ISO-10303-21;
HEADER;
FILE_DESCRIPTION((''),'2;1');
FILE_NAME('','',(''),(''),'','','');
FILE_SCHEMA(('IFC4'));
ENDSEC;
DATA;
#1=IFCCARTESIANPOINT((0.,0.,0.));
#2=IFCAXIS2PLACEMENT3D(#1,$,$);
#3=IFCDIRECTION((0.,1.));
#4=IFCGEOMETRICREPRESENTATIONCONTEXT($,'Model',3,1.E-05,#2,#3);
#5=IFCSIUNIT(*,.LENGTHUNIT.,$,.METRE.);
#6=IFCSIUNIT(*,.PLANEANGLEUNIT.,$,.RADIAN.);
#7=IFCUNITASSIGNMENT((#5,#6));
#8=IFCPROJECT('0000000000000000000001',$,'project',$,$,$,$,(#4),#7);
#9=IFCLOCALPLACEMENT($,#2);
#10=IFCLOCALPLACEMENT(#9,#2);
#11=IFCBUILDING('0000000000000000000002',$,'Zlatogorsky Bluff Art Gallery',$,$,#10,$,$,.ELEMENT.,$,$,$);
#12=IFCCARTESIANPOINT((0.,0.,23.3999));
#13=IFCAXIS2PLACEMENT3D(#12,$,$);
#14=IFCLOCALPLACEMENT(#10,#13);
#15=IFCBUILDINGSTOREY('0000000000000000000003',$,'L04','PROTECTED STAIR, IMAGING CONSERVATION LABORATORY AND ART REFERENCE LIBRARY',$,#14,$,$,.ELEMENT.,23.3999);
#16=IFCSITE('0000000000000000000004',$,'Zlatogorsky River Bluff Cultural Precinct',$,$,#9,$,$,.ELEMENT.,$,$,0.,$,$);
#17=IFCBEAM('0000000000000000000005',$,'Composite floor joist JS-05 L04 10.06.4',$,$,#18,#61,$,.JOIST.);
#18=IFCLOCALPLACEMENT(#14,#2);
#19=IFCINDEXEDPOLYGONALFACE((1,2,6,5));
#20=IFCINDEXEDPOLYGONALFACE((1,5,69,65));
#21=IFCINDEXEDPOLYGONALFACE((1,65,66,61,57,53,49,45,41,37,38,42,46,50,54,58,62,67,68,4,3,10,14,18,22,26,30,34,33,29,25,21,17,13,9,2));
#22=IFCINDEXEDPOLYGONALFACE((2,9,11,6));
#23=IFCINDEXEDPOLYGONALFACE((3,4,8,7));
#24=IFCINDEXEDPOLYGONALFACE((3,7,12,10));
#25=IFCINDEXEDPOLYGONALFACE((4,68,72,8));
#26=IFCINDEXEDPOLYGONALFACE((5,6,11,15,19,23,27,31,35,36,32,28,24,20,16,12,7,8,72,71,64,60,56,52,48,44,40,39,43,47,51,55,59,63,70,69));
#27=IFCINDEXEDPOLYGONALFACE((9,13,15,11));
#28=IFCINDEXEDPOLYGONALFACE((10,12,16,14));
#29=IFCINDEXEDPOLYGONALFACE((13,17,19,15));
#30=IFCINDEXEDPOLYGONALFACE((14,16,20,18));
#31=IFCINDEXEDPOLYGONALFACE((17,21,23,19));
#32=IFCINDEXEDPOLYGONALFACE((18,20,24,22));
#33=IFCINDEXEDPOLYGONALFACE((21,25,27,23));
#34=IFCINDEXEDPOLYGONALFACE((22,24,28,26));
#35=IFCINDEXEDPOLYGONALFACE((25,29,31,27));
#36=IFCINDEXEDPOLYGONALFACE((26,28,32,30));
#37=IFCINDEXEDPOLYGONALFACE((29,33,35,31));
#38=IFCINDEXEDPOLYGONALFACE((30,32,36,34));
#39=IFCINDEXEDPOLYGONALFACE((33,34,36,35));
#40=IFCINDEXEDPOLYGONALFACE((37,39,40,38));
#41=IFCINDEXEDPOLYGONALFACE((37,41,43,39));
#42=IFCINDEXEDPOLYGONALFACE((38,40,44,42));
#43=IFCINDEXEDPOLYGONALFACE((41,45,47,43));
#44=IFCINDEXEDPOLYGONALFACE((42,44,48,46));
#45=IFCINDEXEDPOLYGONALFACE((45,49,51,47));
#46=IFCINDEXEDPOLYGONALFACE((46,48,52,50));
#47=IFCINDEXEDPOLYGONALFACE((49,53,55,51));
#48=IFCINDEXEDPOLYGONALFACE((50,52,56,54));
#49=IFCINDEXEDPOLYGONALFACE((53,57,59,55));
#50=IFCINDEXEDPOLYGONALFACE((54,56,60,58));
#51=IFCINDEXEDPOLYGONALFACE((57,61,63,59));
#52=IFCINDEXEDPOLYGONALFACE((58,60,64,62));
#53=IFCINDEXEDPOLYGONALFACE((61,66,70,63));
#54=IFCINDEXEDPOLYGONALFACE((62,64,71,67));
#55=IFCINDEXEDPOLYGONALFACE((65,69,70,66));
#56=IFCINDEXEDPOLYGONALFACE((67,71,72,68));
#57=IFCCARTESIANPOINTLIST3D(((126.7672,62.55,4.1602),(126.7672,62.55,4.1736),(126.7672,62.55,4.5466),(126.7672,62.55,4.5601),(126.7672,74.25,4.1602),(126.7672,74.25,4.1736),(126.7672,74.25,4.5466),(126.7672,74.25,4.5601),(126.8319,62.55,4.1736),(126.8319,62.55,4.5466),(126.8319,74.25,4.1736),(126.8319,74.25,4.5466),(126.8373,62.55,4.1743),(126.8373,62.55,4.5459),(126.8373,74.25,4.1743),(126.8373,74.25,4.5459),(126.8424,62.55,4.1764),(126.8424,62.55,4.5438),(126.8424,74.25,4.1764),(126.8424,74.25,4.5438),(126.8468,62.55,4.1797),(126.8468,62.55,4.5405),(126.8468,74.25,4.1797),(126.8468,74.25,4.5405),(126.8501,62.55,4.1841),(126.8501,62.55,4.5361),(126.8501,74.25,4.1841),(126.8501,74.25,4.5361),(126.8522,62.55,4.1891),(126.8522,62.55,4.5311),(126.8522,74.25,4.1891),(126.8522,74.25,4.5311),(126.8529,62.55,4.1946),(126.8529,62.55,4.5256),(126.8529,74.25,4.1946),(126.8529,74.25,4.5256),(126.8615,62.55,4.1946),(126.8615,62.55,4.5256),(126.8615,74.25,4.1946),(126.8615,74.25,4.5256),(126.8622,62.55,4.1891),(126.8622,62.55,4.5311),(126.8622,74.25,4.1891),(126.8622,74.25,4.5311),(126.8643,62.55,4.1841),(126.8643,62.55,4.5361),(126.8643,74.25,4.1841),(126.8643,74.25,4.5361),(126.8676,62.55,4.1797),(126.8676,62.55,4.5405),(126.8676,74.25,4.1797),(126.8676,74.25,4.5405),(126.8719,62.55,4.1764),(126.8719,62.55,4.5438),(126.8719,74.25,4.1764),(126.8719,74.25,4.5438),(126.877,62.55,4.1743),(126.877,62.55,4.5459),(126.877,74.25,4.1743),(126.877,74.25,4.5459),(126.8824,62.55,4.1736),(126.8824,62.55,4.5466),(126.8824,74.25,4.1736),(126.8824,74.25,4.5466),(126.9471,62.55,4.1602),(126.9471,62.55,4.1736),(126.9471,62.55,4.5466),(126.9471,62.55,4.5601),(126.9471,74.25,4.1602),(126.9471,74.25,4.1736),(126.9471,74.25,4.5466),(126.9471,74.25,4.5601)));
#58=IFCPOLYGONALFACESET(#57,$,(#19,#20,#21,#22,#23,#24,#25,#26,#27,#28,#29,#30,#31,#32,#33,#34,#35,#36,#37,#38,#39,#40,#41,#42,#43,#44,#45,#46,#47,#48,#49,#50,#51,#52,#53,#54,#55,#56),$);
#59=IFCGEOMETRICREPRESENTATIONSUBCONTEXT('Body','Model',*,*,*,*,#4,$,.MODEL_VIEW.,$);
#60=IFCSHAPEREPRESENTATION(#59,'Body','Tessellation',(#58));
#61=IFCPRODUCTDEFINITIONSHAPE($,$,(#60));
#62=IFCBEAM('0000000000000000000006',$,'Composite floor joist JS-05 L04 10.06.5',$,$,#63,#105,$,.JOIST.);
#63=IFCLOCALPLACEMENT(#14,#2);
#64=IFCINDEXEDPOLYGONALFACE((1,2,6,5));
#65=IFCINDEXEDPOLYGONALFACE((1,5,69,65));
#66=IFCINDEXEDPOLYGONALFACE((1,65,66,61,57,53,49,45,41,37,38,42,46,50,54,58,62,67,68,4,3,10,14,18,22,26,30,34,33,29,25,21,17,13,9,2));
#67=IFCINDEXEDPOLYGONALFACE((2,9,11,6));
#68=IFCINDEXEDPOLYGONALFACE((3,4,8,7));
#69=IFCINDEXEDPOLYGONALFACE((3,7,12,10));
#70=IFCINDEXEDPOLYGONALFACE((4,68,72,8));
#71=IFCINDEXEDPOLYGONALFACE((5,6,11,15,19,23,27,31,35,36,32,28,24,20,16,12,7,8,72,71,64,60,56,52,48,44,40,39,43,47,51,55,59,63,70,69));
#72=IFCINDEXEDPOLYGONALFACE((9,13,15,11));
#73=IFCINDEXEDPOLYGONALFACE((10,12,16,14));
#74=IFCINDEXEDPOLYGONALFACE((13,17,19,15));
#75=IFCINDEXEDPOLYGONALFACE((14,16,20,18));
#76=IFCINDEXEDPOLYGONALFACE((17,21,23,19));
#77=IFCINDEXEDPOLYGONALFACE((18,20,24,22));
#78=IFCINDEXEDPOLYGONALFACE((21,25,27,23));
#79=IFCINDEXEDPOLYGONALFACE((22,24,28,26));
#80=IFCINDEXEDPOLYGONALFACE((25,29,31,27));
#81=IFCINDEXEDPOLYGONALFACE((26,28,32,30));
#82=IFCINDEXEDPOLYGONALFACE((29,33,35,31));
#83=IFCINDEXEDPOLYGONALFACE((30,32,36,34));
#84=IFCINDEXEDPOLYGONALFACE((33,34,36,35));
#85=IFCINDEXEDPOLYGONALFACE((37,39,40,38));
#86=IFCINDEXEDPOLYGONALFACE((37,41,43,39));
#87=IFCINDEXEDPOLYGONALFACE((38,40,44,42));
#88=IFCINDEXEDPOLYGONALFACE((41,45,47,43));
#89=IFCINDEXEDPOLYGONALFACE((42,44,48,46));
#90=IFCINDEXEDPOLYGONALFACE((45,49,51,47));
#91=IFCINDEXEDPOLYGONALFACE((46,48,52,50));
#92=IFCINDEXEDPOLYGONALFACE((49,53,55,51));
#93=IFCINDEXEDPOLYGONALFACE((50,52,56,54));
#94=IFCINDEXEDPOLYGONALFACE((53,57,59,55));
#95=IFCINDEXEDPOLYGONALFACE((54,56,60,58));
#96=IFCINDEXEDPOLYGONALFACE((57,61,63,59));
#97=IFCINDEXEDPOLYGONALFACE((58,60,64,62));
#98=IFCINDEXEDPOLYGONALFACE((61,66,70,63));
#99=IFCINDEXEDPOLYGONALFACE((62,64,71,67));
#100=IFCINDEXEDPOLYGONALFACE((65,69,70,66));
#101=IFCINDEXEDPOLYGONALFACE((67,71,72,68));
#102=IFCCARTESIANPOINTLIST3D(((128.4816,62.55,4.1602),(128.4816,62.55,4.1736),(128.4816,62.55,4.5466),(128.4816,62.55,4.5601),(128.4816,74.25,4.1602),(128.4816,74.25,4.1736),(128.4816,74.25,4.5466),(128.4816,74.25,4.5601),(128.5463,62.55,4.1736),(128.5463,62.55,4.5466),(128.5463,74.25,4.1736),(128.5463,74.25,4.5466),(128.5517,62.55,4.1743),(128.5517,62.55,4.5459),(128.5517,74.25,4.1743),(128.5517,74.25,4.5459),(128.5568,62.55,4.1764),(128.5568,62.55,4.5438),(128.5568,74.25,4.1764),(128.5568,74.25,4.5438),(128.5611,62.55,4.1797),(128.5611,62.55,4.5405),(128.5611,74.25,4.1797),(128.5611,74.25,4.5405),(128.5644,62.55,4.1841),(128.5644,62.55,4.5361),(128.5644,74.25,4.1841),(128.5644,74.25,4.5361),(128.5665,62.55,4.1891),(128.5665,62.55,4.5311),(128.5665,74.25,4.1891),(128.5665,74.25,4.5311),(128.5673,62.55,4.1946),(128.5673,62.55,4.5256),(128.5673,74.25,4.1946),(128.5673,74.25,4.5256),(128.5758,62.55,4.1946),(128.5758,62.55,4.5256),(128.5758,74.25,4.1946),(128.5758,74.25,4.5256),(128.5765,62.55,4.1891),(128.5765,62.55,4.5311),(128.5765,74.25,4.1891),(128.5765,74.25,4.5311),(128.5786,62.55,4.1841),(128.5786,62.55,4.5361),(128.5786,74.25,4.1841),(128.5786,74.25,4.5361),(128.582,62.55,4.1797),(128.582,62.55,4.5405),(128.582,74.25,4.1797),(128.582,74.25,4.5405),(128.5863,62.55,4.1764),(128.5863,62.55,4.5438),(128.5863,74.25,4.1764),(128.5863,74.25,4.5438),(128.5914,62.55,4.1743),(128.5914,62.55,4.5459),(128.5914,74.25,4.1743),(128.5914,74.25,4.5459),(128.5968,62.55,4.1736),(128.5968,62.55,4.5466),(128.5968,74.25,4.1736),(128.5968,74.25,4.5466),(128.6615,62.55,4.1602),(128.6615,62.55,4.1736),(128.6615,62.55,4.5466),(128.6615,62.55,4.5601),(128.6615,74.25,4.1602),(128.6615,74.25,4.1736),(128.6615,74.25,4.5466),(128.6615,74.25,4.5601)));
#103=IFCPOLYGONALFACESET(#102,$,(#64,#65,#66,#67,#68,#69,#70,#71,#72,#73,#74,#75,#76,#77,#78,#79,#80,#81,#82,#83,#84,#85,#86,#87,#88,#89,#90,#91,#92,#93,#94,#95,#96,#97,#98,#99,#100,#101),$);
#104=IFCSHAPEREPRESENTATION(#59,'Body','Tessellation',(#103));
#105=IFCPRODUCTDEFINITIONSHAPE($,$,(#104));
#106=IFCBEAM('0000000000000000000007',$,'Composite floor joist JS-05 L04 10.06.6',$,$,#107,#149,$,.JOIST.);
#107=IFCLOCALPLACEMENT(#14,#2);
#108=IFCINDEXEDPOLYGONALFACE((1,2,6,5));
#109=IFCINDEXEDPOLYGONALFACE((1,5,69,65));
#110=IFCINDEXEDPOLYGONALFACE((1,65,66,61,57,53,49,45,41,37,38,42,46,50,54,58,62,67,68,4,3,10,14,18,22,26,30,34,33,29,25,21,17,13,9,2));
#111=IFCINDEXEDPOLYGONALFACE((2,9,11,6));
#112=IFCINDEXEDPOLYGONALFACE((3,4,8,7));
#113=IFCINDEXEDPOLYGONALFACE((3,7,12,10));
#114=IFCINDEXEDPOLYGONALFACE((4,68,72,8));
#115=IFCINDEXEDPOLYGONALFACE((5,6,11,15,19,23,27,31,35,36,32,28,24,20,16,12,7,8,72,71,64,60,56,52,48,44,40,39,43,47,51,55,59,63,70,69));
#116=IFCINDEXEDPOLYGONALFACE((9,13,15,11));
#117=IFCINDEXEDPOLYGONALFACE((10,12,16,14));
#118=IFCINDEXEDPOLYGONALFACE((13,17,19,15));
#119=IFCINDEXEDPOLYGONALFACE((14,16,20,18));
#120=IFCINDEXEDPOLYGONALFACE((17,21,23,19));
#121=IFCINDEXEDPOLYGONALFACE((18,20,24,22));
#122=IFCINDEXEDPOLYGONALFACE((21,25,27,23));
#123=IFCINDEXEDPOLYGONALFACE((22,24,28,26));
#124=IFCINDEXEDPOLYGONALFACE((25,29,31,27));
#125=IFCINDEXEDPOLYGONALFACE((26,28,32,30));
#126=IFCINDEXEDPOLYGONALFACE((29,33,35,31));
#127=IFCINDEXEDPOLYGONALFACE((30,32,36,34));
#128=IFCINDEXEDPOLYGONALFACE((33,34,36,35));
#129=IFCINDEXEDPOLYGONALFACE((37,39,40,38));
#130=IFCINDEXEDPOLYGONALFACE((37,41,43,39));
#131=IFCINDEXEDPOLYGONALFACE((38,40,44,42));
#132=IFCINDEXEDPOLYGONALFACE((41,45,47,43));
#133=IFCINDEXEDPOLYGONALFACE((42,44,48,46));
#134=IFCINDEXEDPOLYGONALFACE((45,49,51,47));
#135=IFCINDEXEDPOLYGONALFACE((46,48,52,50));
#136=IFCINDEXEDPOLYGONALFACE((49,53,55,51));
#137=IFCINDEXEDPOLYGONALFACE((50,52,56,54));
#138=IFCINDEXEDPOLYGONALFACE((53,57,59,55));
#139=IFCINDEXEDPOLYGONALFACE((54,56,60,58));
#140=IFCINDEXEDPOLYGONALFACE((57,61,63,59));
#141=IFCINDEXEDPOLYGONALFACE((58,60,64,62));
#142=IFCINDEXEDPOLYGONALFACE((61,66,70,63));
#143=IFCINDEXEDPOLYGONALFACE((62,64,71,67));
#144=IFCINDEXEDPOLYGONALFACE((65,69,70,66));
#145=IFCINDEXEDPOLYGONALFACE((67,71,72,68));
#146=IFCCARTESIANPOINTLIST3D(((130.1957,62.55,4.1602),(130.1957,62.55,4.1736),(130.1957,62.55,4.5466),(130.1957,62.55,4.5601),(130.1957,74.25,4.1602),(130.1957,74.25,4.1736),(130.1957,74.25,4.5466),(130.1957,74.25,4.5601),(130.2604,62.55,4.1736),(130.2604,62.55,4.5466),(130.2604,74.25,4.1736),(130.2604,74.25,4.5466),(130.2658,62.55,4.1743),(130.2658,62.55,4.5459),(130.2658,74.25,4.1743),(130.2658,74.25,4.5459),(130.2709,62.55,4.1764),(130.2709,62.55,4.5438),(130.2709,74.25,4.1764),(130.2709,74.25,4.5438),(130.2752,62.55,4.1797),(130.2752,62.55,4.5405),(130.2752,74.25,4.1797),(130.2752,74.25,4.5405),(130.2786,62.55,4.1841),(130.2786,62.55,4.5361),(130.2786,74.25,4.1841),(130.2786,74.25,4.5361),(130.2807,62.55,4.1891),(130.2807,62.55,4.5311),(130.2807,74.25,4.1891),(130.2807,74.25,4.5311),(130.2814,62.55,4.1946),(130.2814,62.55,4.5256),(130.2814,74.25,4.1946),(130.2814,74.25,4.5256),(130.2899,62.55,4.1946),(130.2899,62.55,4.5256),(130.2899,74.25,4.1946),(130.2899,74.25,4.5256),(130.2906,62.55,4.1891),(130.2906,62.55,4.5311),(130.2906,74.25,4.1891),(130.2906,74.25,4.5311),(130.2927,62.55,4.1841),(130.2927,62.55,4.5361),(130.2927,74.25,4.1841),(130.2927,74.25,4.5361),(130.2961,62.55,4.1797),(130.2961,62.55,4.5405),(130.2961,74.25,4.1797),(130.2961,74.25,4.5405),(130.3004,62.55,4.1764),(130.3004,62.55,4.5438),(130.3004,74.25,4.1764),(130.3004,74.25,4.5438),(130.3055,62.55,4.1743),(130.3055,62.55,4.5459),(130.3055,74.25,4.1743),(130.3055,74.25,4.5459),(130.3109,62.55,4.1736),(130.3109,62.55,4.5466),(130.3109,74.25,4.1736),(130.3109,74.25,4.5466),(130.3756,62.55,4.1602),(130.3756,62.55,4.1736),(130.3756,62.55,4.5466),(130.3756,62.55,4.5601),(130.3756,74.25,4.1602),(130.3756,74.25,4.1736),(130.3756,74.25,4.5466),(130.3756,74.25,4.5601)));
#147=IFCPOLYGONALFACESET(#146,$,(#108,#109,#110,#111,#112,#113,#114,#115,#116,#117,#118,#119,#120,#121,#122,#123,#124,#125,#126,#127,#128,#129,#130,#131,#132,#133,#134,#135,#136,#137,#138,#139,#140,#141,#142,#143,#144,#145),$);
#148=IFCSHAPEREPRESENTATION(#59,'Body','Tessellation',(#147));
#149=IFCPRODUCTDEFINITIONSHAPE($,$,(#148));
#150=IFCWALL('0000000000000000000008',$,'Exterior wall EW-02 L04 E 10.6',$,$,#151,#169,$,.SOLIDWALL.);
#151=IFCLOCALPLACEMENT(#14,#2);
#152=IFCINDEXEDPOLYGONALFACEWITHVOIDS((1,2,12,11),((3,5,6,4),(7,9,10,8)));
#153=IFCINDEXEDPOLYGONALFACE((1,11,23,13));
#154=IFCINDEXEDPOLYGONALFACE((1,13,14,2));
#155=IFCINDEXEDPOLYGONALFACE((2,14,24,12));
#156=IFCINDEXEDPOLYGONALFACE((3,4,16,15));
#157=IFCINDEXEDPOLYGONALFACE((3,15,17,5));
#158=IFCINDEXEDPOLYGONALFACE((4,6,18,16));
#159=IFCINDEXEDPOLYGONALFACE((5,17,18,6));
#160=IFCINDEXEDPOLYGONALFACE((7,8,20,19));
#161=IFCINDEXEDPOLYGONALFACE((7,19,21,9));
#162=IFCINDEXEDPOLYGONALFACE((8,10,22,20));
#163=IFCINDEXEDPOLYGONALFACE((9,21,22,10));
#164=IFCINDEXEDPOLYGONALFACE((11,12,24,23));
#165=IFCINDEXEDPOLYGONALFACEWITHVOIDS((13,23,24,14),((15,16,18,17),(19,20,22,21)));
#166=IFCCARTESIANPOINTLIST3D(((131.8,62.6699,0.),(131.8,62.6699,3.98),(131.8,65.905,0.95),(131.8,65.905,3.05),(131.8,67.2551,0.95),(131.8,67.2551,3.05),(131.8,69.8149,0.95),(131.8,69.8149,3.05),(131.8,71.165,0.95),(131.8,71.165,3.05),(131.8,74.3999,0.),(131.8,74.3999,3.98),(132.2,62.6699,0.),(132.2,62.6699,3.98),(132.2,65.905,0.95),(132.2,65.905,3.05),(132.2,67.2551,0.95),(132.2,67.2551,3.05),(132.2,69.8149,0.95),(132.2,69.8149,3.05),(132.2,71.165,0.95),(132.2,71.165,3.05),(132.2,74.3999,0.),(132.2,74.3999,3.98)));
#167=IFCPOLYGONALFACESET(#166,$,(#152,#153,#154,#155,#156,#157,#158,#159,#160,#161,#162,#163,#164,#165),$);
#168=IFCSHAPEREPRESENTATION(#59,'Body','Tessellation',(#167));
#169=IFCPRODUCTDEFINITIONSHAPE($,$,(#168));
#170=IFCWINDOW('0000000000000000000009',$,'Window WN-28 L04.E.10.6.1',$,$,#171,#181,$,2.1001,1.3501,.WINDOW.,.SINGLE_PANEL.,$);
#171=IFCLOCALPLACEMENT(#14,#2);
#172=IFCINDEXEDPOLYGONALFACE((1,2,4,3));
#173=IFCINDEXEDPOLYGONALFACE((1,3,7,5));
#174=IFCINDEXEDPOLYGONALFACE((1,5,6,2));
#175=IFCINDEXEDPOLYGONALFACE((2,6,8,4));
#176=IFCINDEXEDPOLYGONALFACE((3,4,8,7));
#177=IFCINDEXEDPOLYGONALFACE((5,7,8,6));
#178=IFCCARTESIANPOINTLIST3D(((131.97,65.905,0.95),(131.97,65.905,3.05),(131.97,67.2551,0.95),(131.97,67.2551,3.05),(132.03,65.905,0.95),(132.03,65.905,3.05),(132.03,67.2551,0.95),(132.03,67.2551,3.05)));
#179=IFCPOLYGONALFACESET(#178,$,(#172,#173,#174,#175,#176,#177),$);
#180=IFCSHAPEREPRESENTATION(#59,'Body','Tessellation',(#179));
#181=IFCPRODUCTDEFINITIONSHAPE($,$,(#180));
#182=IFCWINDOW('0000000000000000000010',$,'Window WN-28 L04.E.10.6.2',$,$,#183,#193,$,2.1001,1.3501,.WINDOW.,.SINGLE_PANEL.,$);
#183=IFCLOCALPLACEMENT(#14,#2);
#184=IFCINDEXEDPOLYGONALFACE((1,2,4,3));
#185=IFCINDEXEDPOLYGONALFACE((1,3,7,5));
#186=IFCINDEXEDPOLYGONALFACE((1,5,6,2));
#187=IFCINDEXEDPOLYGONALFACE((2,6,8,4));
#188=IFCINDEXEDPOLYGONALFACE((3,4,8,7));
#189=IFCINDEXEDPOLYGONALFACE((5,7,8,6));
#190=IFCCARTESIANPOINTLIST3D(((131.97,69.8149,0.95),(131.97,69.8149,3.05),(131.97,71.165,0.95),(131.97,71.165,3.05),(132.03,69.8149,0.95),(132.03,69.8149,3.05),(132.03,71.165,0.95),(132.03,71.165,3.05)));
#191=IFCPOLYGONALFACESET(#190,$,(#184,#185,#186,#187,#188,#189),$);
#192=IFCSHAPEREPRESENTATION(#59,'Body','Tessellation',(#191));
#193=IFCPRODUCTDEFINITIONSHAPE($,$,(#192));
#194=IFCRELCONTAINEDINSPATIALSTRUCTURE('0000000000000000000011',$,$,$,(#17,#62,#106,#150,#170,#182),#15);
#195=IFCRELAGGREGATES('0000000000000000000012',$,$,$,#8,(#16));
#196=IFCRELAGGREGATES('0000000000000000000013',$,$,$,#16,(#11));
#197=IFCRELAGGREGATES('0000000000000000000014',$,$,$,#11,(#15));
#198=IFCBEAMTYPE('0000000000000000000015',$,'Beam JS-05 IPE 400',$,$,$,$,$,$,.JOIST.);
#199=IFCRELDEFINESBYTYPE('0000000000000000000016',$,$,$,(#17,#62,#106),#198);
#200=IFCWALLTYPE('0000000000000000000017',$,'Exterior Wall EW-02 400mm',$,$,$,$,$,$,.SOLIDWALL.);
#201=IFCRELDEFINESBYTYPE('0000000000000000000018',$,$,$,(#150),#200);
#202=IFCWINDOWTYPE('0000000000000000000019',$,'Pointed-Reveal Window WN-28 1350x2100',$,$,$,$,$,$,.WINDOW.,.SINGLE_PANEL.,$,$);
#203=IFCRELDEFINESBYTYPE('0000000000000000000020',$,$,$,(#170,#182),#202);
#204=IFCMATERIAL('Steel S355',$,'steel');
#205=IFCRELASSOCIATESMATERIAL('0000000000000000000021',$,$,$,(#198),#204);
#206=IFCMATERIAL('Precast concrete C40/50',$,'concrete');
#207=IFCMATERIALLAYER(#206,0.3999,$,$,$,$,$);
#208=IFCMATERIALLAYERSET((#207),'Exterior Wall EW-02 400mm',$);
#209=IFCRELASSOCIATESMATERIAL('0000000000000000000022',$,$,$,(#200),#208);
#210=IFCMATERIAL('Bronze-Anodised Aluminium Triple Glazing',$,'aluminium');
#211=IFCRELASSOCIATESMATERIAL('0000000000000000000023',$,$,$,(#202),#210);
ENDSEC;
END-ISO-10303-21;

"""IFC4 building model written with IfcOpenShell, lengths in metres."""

from ifc_helpers import new_model, si_unit, direction, frame, frame_2d, origin, origin_2d, place, context, subcontext, project, spatial, rectangle, i_section, extrude, material, layer, layer_set, material_profile, profile_set, type_object, element, fill, save


model = new_model("IFC4")

# Units and contexts
model_context = context("Model", 3, precision=1e-05, world=origin(), true_north=direction((0.0, 1.0)))
body_context = subcontext(model_context, "Body", "Model", "MODEL_VIEW")
ifc_project = project(units=[si_unit("LENGTHUNIT", "METRE"), si_unit("PLANEANGLEUNIT", "RADIAN")], contexts=[model_context])

# Site, building, storey
site_placement = place(None, origin())
site = spatial("IfcSite", under=ifc_project, at=site_placement, Name="Zlatogorsky River Bluff Cultural Precinct", CompositionType="ELEMENT", RefElevation=0.0)
building_placement = place(site_placement, origin())
building = spatial("IfcBuilding", under=site, at=building_placement, Name="Zlatogorsky Bluff Art Gallery", CompositionType="ELEMENT")
storey_placement = place(building_placement, frame((0.0, 0.0, 23.3999)))
storey = spatial("IfcBuildingStorey", under=building, at=storey_placement, Name="L04", Description="PROTECTED STAIR, IMAGING CONSERVATION LABORATORY AND ART REFERENCE LIBRARY", CompositionType="ELEMENT", Elevation=23.3999)

# Shared definitions
ifc_material_1 = material(Name="Steel S355", Category="steel")

# Beams
ifc_material_profile_1 = material_profile(ifc_material_1, i_section(OverallWidth=0.1799, OverallDepth=0.3999, WebThickness=0.0085, FlangeThickness=0.0134, FilletRadius=0.021, at=origin_2d()), Name="IPE 400")
ifc_profile_set_1 = profile_set([ifc_material_profile_1], Name="Steel S355")
beam_type_1 = type_object("IfcBeamType", Name="Beam JS-05 IPE 400", PredefinedType="JOIST", material=ifc_profile_set_1)
for number, where, z_axis, x_axis, name in (
    (1, (126.8572, 62.55, 4.3601), (0.0, 1.0, 0.0), (-1.0, 0.0, 0.0), "Composite floor joist JS-05 L04 10.06.4"),
    (2, (128.5715, 62.55, 4.3601), (0.0, 1.0, 0.0), (-1.0, 0.0, 0.0), "Composite floor joist JS-05 L04 10.06.5"),
    (3, (130.2856, 62.55, 4.3601), (0.0, 1.0, 0.0), (-1.0, 0.0, 0.0), "Composite floor joist JS-05 L04 10.06.6"),
):
    element("IfcBeam", number, at=place(storey_placement, frame(where, z_axis=z_axis, x_axis=x_axis)), inside=storey, type_object=beam_type_1, Name=name, PredefinedType="JOIST", context=body_context, shape_type="SweptSolid", body=[
        extrude(i_section(OverallWidth=0.1799, OverallDepth=0.3999, WebThickness=0.0085, FlangeThickness=0.0134, FilletRadius=0.021, at=origin_2d()), origin(), (0.0, 0.0, 1.0), 11.7),
    ])

# Wall, openings, windows
ifc_material_2 = material(Name="Precast concrete C40/50", Category="concrete")
ifc_layer_1 = layer(ifc_material_2, 0.3999)
ifc_layer_set_1 = layer_set([ifc_layer_1], Name="Exterior Wall EW-02 400mm")
wall_type_1 = type_object("IfcWallType", Name="Exterior Wall EW-02 400mm", PredefinedType="SOLIDWALL", material=ifc_layer_set_1)
wall_1_placement = place(storey_placement, frame((132.0, 62.6699, 0.0), z_axis=(0.0, 0.0, 1.0), x_axis=(0.0, 1.0, 0.0)))
wall_1 = element("IfcWall", 4, at=wall_1_placement, inside=storey, type_object=wall_type_1, Name="Exterior wall EW-02 L04 E 10.6", PredefinedType="SOLIDWALL", context=body_context, shape_type="SweptSolid", body=[
    extrude(rectangle(XDim=11.73, YDim=0.3999, at=frame_2d((5.865, 0.0))), origin(), (0.0, 0.0, 1.0), 3.98),
])
opening_1_placement = place(wall_1_placement, frame((3.2351, 0.0, 0.95)))
opening_1 = element("IfcOpeningElement", 5, at=opening_1_placement, cuts=wall_1, PredefinedType="OPENING", context=body_context, shape_type="SweptSolid", body=[
    extrude(rectangle(XDim=1.3501, YDim=2.1001, at=frame_2d((0.675, 1.05))), frame((0.0, 0.21, 0.0), z_axis=(0.0, -1.0, 0.0), x_axis=(1.0, 0.0, 0.0)), (0.0, 0.0, 1.0), 0.4199),
])
opening_2_placement = place(wall_1_placement, frame((7.145, 0.0, 0.95)))
opening_2 = element("IfcOpeningElement", 6, at=opening_2_placement, cuts=wall_1, PredefinedType="OPENING", context=body_context, shape_type="SweptSolid", body=[
    extrude(rectangle(XDim=1.3501, YDim=2.1001, at=frame_2d((0.675, 1.05))), frame((0.0, 0.21, 0.0), z_axis=(0.0, -1.0, 0.0), x_axis=(1.0, 0.0, 0.0)), (0.0, 0.0, 1.0), 0.4199),
])
ifc_material_3 = material(Name="Bronze-Anodised Aluminium Triple Glazing", Category="aluminium")
window_type_1 = type_object("IfcWindowType", Name="Pointed-Reveal Window WN-28 1350x2100", PartitioningType="SINGLE_PANEL", PredefinedType="WINDOW", material=ifc_material_3)
window_1_placement = place(opening_1_placement, origin())
window_1 = element("IfcWindow", 7, at=window_1_placement, inside=storey, type_object=window_type_1, Name="Window WN-28 L04.E.10.6.1", OverallHeight=2.1001, OverallWidth=1.3501, PartitioningType="SINGLE_PANEL", PredefinedType="WINDOW", context=body_context, shape_type="SweptSolid", body=[
    extrude(rectangle(XDim=1.3501, YDim=2.1001, at=frame_2d((0.675, 1.05))), frame((0.0, 0.03, 0.0), z_axis=(0.0, -1.0, 0.0), x_axis=(1.0, 0.0, 0.0)), (0.0, 0.0, 1.0), 0.0601),
])
fill(opening_1, window_1)
window_2_placement = place(opening_2_placement, origin())
window_2 = element("IfcWindow", 8, at=window_2_placement, inside=storey, type_object=window_type_1, Name="Window WN-28 L04.E.10.6.2", OverallHeight=2.1001, OverallWidth=1.3501, PartitioningType="SINGLE_PANEL", PredefinedType="WINDOW", context=body_context, shape_type="SweptSolid", body=[
    extrude(rectangle(XDim=1.3501, YDim=2.1001, at=frame_2d((0.675, 1.05))), frame((0.0, 0.03, 0.0), z_axis=(0.0, -1.0, 0.0), x_axis=(1.0, 0.0, 0.0)), (0.0, 0.0, 1.0), 0.0601),
])
fill(opening_2, window_2)

save(model, "model.ifc")
